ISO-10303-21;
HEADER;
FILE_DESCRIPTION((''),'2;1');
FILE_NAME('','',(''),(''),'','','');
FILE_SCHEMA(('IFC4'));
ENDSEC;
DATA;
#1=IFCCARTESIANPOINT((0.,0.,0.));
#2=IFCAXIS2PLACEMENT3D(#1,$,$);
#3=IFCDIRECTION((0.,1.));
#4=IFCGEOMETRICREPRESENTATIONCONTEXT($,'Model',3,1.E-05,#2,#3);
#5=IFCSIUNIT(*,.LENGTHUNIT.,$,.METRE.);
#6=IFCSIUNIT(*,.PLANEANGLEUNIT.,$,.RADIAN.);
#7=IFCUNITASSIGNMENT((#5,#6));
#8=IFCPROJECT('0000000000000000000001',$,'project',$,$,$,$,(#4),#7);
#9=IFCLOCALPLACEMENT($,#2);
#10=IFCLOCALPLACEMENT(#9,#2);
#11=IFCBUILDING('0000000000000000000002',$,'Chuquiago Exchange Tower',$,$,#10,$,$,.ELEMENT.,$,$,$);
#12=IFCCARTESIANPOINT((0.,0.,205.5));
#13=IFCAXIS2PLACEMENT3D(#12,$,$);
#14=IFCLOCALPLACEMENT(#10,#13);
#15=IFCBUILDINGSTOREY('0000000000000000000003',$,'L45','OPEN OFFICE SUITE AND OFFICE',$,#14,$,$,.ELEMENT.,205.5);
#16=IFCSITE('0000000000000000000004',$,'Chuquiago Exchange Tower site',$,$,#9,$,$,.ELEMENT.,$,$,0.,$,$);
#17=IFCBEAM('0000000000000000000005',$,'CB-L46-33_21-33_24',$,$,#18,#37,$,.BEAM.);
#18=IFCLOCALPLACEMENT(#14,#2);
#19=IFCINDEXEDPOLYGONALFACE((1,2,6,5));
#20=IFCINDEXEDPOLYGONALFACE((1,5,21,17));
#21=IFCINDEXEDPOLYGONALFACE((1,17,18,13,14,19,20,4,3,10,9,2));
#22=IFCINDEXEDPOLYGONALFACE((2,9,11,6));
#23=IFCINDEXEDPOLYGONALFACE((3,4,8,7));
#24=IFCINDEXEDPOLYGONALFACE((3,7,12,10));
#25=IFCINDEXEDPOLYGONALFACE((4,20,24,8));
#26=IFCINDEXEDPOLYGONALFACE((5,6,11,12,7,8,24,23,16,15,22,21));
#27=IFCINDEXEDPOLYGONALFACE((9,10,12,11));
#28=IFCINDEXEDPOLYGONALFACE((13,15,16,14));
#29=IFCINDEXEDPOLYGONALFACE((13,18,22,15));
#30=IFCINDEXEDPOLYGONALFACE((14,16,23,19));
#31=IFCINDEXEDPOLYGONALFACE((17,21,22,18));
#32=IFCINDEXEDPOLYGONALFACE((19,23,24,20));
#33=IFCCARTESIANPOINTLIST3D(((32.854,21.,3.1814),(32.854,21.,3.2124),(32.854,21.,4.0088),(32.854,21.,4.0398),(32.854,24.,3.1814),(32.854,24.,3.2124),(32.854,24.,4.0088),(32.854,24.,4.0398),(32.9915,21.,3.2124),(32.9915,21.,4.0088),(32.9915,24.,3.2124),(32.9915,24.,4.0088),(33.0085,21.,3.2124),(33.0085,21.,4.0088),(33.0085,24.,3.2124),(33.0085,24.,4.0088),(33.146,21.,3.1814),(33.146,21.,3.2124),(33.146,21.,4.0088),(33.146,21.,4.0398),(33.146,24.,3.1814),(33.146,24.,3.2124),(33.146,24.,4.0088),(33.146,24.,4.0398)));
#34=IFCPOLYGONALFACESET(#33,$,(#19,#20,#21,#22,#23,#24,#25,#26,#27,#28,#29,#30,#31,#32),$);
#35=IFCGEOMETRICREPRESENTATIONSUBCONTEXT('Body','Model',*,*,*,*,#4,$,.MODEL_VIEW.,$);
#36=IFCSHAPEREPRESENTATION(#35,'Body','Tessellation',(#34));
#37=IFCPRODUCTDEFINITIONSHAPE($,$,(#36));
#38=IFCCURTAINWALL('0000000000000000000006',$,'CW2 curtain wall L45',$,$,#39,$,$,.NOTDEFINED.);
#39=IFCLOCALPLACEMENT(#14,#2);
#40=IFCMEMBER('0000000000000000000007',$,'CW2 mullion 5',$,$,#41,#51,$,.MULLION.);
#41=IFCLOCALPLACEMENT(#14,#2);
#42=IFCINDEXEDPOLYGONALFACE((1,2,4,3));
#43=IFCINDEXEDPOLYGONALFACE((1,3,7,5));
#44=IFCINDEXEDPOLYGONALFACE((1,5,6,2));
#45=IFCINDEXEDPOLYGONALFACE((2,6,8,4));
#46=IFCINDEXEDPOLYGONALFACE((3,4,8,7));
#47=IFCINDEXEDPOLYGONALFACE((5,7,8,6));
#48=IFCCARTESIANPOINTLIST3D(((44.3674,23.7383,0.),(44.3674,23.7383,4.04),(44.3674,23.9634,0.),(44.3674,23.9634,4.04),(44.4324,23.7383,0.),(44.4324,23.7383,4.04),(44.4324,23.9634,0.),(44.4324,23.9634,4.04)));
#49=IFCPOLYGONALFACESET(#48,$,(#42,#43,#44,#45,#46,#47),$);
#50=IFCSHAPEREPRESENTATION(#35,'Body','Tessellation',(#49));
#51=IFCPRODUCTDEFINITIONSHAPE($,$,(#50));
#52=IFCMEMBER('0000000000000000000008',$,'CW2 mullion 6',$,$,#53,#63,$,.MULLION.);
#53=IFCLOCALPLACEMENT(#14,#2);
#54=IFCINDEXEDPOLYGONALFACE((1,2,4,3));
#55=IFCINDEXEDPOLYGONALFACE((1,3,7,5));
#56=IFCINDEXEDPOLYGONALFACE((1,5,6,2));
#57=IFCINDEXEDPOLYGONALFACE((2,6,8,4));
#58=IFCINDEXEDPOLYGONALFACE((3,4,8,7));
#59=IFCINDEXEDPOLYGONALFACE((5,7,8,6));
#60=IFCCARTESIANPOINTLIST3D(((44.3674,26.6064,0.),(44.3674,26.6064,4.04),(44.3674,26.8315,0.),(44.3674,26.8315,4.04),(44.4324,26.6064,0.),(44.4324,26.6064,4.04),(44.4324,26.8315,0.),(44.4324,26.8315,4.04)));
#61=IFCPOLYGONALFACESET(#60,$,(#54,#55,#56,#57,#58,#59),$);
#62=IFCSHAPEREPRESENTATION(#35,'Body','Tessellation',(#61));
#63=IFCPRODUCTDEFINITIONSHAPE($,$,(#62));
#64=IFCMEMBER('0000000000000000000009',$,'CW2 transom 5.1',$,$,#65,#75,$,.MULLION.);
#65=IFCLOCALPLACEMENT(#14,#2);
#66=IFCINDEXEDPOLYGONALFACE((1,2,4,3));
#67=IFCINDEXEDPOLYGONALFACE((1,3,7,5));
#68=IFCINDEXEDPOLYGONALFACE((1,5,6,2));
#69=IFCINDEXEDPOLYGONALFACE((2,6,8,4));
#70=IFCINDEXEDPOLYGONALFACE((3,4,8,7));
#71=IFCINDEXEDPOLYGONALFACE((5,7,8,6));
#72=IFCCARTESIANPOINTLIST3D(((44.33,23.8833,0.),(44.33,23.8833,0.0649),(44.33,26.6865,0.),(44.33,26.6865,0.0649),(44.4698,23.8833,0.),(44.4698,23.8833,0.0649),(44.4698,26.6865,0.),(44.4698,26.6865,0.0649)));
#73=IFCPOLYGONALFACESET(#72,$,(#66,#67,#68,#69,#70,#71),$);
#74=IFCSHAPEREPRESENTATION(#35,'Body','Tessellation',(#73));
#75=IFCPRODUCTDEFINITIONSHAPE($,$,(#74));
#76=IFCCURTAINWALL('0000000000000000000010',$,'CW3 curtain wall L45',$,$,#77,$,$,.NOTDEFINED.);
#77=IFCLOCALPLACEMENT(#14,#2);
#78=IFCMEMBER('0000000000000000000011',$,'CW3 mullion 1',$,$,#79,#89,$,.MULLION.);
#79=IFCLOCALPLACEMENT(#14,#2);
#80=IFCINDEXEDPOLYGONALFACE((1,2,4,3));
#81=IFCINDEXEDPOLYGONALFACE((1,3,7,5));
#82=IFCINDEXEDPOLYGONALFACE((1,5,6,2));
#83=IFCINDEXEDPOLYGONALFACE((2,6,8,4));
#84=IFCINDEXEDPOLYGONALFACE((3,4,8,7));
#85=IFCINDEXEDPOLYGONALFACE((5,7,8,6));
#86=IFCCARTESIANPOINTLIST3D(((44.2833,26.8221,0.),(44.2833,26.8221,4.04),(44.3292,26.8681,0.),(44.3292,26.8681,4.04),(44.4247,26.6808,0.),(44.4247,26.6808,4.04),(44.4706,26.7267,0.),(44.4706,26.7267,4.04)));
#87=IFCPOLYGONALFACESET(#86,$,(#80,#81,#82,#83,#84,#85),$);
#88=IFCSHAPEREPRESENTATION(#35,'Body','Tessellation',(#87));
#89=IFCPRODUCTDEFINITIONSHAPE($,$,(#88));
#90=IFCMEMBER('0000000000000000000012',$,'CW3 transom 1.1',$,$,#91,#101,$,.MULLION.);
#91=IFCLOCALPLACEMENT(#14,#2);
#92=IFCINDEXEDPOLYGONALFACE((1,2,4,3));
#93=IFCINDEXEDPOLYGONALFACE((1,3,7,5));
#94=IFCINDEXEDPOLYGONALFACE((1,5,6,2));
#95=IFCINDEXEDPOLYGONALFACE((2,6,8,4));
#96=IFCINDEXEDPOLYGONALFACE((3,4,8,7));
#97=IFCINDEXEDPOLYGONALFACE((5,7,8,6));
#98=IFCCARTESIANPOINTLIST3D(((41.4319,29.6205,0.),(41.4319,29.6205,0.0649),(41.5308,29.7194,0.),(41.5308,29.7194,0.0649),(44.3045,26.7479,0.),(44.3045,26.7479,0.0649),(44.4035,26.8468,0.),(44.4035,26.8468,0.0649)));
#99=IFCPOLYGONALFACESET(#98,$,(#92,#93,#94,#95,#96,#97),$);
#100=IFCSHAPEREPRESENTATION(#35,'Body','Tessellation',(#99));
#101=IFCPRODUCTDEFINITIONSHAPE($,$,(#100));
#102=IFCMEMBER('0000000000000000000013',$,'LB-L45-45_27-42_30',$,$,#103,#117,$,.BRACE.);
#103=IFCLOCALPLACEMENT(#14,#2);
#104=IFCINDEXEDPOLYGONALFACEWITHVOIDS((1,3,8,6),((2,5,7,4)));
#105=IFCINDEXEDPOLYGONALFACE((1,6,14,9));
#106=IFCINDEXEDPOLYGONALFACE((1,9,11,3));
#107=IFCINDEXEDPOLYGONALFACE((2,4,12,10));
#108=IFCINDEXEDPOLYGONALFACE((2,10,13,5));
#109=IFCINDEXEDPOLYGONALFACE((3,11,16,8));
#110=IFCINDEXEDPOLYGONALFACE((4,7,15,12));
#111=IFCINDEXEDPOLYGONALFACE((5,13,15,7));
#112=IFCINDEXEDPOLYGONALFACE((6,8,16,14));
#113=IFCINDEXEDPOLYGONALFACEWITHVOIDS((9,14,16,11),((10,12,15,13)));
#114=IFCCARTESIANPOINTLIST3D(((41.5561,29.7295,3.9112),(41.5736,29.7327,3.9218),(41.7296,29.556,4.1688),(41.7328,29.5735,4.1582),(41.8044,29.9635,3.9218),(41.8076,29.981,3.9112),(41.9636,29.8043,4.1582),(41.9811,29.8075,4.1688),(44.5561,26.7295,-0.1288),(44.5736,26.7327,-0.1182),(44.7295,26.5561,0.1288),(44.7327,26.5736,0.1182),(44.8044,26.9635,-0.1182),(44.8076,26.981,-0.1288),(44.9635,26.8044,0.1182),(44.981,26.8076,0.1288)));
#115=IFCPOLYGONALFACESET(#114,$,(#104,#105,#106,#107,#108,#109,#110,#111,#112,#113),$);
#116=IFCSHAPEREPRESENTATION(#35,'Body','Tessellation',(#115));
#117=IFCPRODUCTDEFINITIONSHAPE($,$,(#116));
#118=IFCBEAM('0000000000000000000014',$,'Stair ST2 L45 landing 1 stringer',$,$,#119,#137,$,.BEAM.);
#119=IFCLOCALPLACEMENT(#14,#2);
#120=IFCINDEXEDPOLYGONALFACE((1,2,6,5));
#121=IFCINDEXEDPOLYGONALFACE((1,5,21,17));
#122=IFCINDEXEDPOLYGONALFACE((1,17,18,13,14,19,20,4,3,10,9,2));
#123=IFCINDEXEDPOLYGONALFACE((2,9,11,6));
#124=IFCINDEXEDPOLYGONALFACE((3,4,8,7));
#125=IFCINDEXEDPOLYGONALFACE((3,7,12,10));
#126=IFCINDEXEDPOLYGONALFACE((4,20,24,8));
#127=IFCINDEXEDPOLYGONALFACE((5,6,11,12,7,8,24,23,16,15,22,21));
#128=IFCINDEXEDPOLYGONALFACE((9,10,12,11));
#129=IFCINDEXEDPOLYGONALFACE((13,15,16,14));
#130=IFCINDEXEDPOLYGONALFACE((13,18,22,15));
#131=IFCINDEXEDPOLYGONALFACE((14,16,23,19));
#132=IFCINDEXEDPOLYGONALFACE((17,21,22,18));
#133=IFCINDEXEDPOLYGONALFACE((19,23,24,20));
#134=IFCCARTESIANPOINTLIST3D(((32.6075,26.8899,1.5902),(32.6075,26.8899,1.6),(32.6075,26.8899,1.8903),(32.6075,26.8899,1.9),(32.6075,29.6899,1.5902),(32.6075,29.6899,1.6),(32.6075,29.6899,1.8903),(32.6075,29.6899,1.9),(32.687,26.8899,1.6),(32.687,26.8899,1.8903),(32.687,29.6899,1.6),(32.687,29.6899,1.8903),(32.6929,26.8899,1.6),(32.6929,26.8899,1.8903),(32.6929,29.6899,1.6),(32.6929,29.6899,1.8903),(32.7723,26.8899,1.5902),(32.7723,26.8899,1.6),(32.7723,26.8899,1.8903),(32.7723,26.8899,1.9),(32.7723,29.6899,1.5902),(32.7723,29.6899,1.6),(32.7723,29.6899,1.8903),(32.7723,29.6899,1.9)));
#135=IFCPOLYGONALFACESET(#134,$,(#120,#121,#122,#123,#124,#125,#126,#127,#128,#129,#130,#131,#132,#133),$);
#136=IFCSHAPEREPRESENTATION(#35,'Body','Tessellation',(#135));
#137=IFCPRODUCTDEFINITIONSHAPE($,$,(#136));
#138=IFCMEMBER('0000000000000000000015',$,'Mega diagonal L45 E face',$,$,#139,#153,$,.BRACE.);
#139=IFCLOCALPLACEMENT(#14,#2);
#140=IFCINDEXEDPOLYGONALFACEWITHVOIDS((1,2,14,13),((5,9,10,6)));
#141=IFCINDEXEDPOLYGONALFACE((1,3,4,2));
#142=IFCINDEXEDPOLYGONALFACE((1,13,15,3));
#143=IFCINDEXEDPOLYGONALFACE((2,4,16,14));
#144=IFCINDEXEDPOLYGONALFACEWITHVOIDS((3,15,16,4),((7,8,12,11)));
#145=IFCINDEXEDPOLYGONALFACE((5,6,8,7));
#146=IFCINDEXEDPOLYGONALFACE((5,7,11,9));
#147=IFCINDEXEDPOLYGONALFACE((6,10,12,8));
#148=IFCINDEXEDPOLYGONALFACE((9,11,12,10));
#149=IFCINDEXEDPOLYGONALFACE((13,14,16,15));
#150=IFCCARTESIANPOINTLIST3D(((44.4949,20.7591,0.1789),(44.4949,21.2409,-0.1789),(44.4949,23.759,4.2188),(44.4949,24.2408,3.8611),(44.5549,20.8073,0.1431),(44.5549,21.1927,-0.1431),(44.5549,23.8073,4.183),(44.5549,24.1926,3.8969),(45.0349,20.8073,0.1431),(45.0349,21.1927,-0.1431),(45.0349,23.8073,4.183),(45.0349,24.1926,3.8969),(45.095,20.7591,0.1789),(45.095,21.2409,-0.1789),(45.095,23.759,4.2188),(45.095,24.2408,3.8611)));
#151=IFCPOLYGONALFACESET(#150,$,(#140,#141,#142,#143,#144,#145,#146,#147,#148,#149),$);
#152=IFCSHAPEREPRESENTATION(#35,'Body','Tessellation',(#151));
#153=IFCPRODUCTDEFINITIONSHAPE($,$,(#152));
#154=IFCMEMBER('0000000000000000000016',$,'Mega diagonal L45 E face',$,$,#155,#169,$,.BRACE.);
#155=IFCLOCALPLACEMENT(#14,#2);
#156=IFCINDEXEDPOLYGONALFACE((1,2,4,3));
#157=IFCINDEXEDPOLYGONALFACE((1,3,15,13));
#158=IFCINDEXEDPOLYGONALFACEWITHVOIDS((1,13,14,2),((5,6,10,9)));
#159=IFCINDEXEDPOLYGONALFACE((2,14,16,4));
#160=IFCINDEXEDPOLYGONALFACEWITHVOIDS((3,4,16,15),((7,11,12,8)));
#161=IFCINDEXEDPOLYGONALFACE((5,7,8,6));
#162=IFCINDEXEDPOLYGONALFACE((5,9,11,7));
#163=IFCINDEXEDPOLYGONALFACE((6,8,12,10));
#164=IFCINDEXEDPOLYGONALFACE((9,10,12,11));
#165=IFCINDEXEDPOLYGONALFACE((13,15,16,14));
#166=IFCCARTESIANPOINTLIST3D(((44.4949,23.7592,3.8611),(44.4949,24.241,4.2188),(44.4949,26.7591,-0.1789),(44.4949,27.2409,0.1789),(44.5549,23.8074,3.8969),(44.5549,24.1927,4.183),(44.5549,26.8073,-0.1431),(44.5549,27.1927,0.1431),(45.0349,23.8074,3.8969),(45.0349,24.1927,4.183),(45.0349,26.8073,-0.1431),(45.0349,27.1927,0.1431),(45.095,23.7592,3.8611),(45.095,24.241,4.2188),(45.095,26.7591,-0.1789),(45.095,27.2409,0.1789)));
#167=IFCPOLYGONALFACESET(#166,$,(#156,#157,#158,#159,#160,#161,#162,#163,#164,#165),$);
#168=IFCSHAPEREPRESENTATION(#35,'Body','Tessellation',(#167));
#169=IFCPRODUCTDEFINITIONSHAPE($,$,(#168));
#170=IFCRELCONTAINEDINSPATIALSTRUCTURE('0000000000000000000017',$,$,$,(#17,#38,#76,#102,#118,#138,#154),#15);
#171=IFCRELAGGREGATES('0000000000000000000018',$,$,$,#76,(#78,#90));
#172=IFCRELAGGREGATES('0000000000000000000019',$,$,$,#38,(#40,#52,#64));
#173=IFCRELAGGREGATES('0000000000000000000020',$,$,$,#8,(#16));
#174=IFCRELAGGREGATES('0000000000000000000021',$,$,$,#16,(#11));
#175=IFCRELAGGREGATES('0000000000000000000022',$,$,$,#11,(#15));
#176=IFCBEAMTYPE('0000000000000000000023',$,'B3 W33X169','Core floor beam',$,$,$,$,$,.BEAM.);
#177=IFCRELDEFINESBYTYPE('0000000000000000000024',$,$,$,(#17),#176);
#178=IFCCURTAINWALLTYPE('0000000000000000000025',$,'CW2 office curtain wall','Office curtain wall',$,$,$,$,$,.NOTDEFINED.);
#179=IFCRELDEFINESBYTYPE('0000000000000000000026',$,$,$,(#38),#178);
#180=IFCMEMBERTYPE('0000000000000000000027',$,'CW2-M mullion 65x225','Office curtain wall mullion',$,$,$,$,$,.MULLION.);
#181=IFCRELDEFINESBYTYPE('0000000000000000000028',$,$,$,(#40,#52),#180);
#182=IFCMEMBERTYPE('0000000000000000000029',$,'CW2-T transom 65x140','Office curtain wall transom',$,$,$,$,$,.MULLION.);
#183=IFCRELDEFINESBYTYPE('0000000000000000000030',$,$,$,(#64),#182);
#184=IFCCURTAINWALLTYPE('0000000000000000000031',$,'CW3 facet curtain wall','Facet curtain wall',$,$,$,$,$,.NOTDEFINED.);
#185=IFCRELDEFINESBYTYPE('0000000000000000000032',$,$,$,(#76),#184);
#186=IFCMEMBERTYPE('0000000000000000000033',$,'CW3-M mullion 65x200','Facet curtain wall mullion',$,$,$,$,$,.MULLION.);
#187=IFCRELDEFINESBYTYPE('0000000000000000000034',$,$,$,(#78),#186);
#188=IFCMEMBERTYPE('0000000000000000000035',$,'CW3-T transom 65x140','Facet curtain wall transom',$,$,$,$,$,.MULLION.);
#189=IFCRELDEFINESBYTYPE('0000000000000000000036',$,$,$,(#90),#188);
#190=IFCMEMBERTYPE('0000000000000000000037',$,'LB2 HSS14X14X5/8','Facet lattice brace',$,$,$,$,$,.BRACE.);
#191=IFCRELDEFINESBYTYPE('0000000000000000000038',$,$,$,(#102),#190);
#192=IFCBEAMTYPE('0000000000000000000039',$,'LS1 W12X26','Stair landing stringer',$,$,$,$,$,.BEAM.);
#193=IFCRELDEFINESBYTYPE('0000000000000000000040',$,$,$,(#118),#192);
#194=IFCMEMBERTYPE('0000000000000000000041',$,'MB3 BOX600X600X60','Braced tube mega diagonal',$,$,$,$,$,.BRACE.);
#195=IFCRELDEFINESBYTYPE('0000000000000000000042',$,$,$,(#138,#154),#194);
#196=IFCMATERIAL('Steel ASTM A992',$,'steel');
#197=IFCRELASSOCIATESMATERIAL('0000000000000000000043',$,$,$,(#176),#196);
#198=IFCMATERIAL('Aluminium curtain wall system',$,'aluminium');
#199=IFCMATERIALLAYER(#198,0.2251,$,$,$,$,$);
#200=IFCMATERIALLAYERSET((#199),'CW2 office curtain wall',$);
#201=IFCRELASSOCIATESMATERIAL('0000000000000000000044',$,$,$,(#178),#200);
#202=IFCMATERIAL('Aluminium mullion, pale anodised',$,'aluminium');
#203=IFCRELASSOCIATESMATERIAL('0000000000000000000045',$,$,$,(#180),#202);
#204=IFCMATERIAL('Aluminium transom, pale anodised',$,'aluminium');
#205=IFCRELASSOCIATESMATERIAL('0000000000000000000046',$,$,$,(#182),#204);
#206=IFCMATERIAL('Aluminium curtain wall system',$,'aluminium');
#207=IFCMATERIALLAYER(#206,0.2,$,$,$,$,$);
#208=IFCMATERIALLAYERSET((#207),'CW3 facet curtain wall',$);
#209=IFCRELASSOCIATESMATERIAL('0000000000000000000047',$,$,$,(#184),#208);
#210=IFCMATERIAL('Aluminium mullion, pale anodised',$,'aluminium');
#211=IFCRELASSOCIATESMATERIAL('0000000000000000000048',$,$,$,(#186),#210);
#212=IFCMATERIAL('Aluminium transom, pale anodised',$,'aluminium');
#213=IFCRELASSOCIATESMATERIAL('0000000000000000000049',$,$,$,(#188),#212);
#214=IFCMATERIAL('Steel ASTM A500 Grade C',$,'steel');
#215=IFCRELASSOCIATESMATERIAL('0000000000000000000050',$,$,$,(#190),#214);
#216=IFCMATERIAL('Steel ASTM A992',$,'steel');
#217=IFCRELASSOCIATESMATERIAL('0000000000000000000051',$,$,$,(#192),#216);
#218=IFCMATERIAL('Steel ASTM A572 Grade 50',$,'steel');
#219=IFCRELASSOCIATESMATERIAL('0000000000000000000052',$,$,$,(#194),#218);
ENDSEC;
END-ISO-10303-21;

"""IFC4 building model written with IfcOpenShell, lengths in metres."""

from ifc_helpers import new_model, si_unit, direction, frame, origin, origin_2d, place, context, subcontext, project, spatial, rectangle, hollow_rectangle, i_section, extrude, material, layer, layer_set, material_profile, profile_set, type_object, element, aggregate, save


model = new_model("IFC4")

# Units and contexts
model_context = context("Model", 3, precision=1e-05, world=origin(), true_north=direction((0.0, 1.0)))
body_context = subcontext(model_context, "Body", "Model", "MODEL_VIEW")
ifc_project = project(units=[si_unit("LENGTHUNIT", "METRE"), si_unit("PLANEANGLEUNIT", "RADIAN")], contexts=[model_context])

# Site, building, storey
site_placement = place(None, origin())
site = spatial("IfcSite", under=ifc_project, at=site_placement, Name="Chuquiago Exchange Tower site", CompositionType="ELEMENT", RefElevation=0.0)
building_placement = place(site_placement, origin())
building = spatial("IfcBuilding", under=site, at=building_placement, Name="Chuquiago Exchange Tower", CompositionType="ELEMENT")
storey_placement = place(building_placement, frame((0.0, 0.0, 205.5)))
storey = spatial("IfcBuildingStorey", under=building, at=storey_placement, Name="L45", Description="OPEN OFFICE SUITE AND OFFICE", CompositionType="ELEMENT", Elevation=205.5)

# Beam
ifc_material_1 = material(Name="Steel ASTM A992", Category="steel")
ifc_material_profile_1 = material_profile(ifc_material_1, i_section(OverallWidth=0.292, OverallDepth=0.8584, WebThickness=0.0171, FlangeThickness=0.031, at=origin_2d()), Name="W33X169")
ifc_profile_set_1 = profile_set([ifc_material_profile_1], Name="Steel ASTM A992")
beam_type_1 = type_object("IfcBeamType", Name="B3 W33X169", Description="Core floor beam", PredefinedType="BEAM", material=ifc_profile_set_1)
beam_1_placement = place(storey_placement, frame((33.0, 21.0, 3.6106), z_axis=(0.0, 1.0, 0.0), x_axis=(-1.0, 0.0, 0.0)))
element("IfcBeam", 1, at=beam_1_placement, inside=storey, type_object=beam_type_1, Name="CB-L46-33_21-33_24", PredefinedType="BEAM", context=body_context, shape_type="SweptSolid", body=[
    extrude(i_section(OverallWidth=0.292, OverallDepth=0.8584, WebThickness=0.0171, FlangeThickness=0.031, at=origin_2d()), origin(), (0.0, 0.0, 1.0), 3.0),
])

# Curtain walls, members
ifc_material_2 = material(Name="Aluminium curtain wall system", Category="aluminium")
ifc_layer_1 = layer(ifc_material_2, 0.2251)
ifc_layer_set_1 = layer_set([ifc_layer_1], Name="CW2 office curtain wall")
curtain_wall_type_1 = type_object("IfcCurtainWallType", Name="CW2 office curtain wall", Description="Office curtain wall", PredefinedType="NOTDEFINED", material=ifc_layer_set_1)
curtain_wall_1_placement = place(storey_placement, origin())
curtain_wall_1 = element("IfcCurtainWall", 2, at=curtain_wall_1_placement, inside=storey, type_object=curtain_wall_type_1, Name="CW2 curtain wall L45", PredefinedType="NOTDEFINED")
ifc_material_3 = material(Name="Aluminium mullion, pale anodised", Category="aluminium")
ifc_material_profile_2 = material_profile(ifc_material_3, rectangle(XDim=0.0649, YDim=0.2251, at=origin_2d()), Name="AL 65x225")
ifc_profile_set_2 = profile_set([ifc_material_profile_2], Name="Aluminium mullion, pale anodised")
member_type_1 = type_object("IfcMemberType", Name="CW2-M mullion 65x225", Description="Office curtain wall mullion", PredefinedType="MULLION", material=ifc_profile_set_2)
member_1_placement = place(storey_placement, frame((44.3999, 23.8508, 0.0), z_axis=(0.0, 0.0, 1.0), x_axis=(-1.0, 0.0, 0.0)))
member_1 = element("IfcMember", 3, at=member_1_placement, type_object=member_type_1, Name="CW2 mullion 5", PredefinedType="MULLION", context=body_context, shape_type="SweptSolid", body=[
    extrude(rectangle(XDim=0.0649, YDim=0.2251, at=origin_2d()), origin(), (0.0, 0.0, 1.0), 4.04),
])
member_2_placement = place(storey_placement, frame((44.3999, 26.719, 0.0), z_axis=(0.0, 0.0, 1.0), x_axis=(-1.0, 0.0, 0.0)))
member_2 = element("IfcMember", 4, at=member_2_placement, type_object=member_type_1, Name="CW2 mullion 6", PredefinedType="MULLION", context=body_context, shape_type="SweptSolid", body=[
    extrude(rectangle(XDim=0.0649, YDim=0.2251, at=origin_2d()), origin(), (0.0, 0.0, 1.0), 4.04),
])
ifc_material_4 = material(Name="Aluminium transom, pale anodised", Category="aluminium")
ifc_material_profile_3 = material_profile(ifc_material_4, rectangle(XDim=0.1399, YDim=0.0649, at=origin_2d()), Name="AL 140x65")
ifc_profile_set_3 = profile_set([ifc_material_profile_3], Name="Aluminium transom, pale anodised")
member_type_2 = type_object("IfcMemberType", Name="CW2-T transom 65x140", Description="Office curtain wall transom", PredefinedType="MULLION", material=ifc_profile_set_3)
member_3_placement = place(storey_placement, frame((44.3999, 23.8833, 0.0325), z_axis=(0.0, 1.0, 0.0), x_axis=(-1.0, 0.0, 0.0)))
member_3 = element("IfcMember", 5, at=member_3_placement, type_object=member_type_2, Name="CW2 transom 5.1", PredefinedType="MULLION", context=body_context, shape_type="SweptSolid", body=[
    extrude(rectangle(XDim=0.1399, YDim=0.0649, at=origin_2d()), origin(), (0.0, 0.0, 1.0), 2.8032),
])
ifc_material_5 = material(Name="Aluminium curtain wall system", Category="aluminium")
ifc_layer_2 = layer(ifc_material_5, 0.2)
ifc_layer_set_2 = layer_set([ifc_layer_2], Name="CW3 facet curtain wall")
curtain_wall_type_2 = type_object("IfcCurtainWallType", Name="CW3 facet curtain wall", Description="Facet curtain wall", PredefinedType="NOTDEFINED", material=ifc_layer_set_2)
curtain_wall_2_placement = place(storey_placement, origin())
curtain_wall_2 = element("IfcCurtainWall", 6, at=curtain_wall_2_placement, inside=storey, type_object=curtain_wall_type_2, Name="CW3 curtain wall L45", PredefinedType="NOTDEFINED")
ifc_material_6 = material(Name="Aluminium mullion, pale anodised", Category="aluminium")
ifc_material_profile_4 = material_profile(ifc_material_6, rectangle(XDim=0.0649, YDim=0.2, at=origin_2d()), Name="AL 65x200")
ifc_profile_set_4 = profile_set([ifc_material_profile_4], Name="Aluminium mullion, pale anodised")
member_type_3 = type_object("IfcMemberType", Name="CW3-M mullion 65x200", Description="Facet curtain wall mullion", PredefinedType="MULLION", material=ifc_profile_set_4)
member_4_placement = place(storey_placement, frame((44.377, 26.7744, 0.0), z_axis=(0.0, 0.0, 1.0), x_axis=(-0.707107, -0.707107, 0.0)))
member_4 = element("IfcMember", 7, at=member_4_placement, type_object=member_type_3, Name="CW3 mullion 1", PredefinedType="MULLION", context=body_context, shape_type="SweptSolid", body=[
    extrude(rectangle(XDim=0.0649, YDim=0.2, at=origin_2d()), origin(), (0.0, 0.0, 1.0), 4.04),
])
ifc_material_7 = material(Name="Aluminium transom, pale anodised", Category="aluminium")
ifc_material_profile_5 = material_profile(ifc_material_7, rectangle(XDim=0.1399, YDim=0.0649, at=origin_2d()), Name="AL 140x65")
ifc_profile_set_5 = profile_set([ifc_material_profile_5], Name="Aluminium transom, pale anodised")
member_type_4 = type_object("IfcMemberType", Name="CW3-T transom 65x140", Description="Facet curtain wall transom", PredefinedType="MULLION", material=ifc_profile_set_5)
member_5_placement = place(storey_placement, frame((44.354, 26.7974, 0.0325), z_axis=(-0.707107, 0.707107, 0.0), x_axis=(-0.707107, -0.707107, 0.0)))
member_5 = element("IfcMember", 8, at=member_5_placement, type_object=member_type_4, Name="CW3 transom 1.1", PredefinedType="MULLION", context=body_context, shape_type="SweptSolid", body=[
    extrude(rectangle(XDim=0.1399, YDim=0.0649, at=origin_2d()), origin(), (0.0, 0.0, 1.0), 4.0625),
])
aggregate(curtain_wall_2, [member_4, member_5])

# Member
ifc_material_8 = material(Name="Steel ASTM A500 Grade C", Category="steel")
ifc_material_profile_6 = material_profile(ifc_material_8, hollow_rectangle(XDim=0.3557, YDim=0.3557, WallThickness=0.0146, at=origin_2d()), Name="HSS14X14X5/8")
ifc_profile_set_6 = profile_set([ifc_material_profile_6], Name="Steel ASTM A500 Grade C")
member_type_5 = type_object("IfcMemberType", Name="LB2 HSS14X14X5/8", Description="Facet lattice brace", PredefinedType="BRACE", material=ifc_profile_set_6)
member_6_placement = place(storey_placement, frame((44.7686, 26.7686, 0.0), z_axis=(-0.512077, 0.512077, 0.689604), x_axis=(-0.707107, -0.707107, 0.0)))
element("IfcMember", 9, at=member_6_placement, inside=storey, type_object=member_type_5, Name="LB-L45-45_27-42_30", PredefinedType="BRACE", context=body_context, shape_type="SweptSolid", body=[
    extrude(hollow_rectangle(XDim=0.3557, YDim=0.3557, WallThickness=0.0146, at=origin_2d()), origin(), (0.0, 0.0, 1.0), 5.8584),
])

# Beam
ifc_material_9 = material(Name="Steel ASTM A992", Category="steel")
ifc_material_profile_7 = material_profile(ifc_material_9, i_section(OverallWidth=0.1648, OverallDepth=0.3098, WebThickness=0.0059, FlangeThickness=0.0098, at=origin_2d()), Name="W12X26")
ifc_profile_set_7 = profile_set([ifc_material_profile_7], Name="Steel ASTM A992")
beam_type_2 = type_object("IfcBeamType", Name="LS1 W12X26", Description="Stair landing stringer", PredefinedType="BEAM", material=ifc_profile_set_7)
beam_2_placement = place(storey_placement, frame((32.6899, 26.8899, 1.7451), z_axis=(0.0, 1.0, 0.0), x_axis=(-1.0, 0.0, 0.0)))
element("IfcBeam", 10, at=beam_2_placement, inside=storey, type_object=beam_type_2, Name="Stair ST2 L45 landing 1 stringer", PredefinedType="BEAM", context=body_context, shape_type="SweptSolid", body=[
    extrude(i_section(OverallWidth=0.1648, OverallDepth=0.3098, WebThickness=0.0059, FlangeThickness=0.0098, at=origin_2d()), origin(), (0.0, 0.0, 1.0), 2.8),
])

# Members
ifc_material_10 = material(Name="Steel ASTM A572 Grade 50", Category="steel")
ifc_material_profile_8 = material_profile(ifc_material_10, hollow_rectangle(XDim=0.6001, YDim=0.6001, WallThickness=0.0601, at=origin_2d()), Name="BOX600X600X60")
ifc_profile_set_8 = profile_set([ifc_material_profile_8], Name="Steel ASTM A572 Grade 50")
member_type_6 = type_object("IfcMemberType", Name="MB3 BOX600X600X60", Description="Braced tube mega diagonal", PredefinedType="BRACE", material=ifc_profile_set_8)
for number, where, z_axis, x_axis, name in (
    (11, (44.7949, 21.0, 0.0), (0.0, 0.596174, 0.802855), (-1.0, 0.0, 0.0), "Mega diagonal L45 E face"),
    (12, (44.7949, 27.0, 0.0), (0.0, -0.596174, 0.802855), (1.0, 0.0, 0.0), "Mega diagonal L45 E face"),
):
    element("IfcMember", number, at=place(storey_placement, frame(where, z_axis=z_axis, x_axis=x_axis)), inside=storey, type_object=member_type_6, Name=name, PredefinedType="BRACE", context=body_context, shape_type="SweptSolid", body=[
        extrude(hollow_rectangle(XDim=0.6001, YDim=0.6001, WallThickness=0.0601, at=origin_2d()), origin(), (0.0, 0.0, 1.0), 5.032),
    ])

aggregate(curtain_wall_1, [member_1, member_2, member_3])

save(model, "model.ifc")
